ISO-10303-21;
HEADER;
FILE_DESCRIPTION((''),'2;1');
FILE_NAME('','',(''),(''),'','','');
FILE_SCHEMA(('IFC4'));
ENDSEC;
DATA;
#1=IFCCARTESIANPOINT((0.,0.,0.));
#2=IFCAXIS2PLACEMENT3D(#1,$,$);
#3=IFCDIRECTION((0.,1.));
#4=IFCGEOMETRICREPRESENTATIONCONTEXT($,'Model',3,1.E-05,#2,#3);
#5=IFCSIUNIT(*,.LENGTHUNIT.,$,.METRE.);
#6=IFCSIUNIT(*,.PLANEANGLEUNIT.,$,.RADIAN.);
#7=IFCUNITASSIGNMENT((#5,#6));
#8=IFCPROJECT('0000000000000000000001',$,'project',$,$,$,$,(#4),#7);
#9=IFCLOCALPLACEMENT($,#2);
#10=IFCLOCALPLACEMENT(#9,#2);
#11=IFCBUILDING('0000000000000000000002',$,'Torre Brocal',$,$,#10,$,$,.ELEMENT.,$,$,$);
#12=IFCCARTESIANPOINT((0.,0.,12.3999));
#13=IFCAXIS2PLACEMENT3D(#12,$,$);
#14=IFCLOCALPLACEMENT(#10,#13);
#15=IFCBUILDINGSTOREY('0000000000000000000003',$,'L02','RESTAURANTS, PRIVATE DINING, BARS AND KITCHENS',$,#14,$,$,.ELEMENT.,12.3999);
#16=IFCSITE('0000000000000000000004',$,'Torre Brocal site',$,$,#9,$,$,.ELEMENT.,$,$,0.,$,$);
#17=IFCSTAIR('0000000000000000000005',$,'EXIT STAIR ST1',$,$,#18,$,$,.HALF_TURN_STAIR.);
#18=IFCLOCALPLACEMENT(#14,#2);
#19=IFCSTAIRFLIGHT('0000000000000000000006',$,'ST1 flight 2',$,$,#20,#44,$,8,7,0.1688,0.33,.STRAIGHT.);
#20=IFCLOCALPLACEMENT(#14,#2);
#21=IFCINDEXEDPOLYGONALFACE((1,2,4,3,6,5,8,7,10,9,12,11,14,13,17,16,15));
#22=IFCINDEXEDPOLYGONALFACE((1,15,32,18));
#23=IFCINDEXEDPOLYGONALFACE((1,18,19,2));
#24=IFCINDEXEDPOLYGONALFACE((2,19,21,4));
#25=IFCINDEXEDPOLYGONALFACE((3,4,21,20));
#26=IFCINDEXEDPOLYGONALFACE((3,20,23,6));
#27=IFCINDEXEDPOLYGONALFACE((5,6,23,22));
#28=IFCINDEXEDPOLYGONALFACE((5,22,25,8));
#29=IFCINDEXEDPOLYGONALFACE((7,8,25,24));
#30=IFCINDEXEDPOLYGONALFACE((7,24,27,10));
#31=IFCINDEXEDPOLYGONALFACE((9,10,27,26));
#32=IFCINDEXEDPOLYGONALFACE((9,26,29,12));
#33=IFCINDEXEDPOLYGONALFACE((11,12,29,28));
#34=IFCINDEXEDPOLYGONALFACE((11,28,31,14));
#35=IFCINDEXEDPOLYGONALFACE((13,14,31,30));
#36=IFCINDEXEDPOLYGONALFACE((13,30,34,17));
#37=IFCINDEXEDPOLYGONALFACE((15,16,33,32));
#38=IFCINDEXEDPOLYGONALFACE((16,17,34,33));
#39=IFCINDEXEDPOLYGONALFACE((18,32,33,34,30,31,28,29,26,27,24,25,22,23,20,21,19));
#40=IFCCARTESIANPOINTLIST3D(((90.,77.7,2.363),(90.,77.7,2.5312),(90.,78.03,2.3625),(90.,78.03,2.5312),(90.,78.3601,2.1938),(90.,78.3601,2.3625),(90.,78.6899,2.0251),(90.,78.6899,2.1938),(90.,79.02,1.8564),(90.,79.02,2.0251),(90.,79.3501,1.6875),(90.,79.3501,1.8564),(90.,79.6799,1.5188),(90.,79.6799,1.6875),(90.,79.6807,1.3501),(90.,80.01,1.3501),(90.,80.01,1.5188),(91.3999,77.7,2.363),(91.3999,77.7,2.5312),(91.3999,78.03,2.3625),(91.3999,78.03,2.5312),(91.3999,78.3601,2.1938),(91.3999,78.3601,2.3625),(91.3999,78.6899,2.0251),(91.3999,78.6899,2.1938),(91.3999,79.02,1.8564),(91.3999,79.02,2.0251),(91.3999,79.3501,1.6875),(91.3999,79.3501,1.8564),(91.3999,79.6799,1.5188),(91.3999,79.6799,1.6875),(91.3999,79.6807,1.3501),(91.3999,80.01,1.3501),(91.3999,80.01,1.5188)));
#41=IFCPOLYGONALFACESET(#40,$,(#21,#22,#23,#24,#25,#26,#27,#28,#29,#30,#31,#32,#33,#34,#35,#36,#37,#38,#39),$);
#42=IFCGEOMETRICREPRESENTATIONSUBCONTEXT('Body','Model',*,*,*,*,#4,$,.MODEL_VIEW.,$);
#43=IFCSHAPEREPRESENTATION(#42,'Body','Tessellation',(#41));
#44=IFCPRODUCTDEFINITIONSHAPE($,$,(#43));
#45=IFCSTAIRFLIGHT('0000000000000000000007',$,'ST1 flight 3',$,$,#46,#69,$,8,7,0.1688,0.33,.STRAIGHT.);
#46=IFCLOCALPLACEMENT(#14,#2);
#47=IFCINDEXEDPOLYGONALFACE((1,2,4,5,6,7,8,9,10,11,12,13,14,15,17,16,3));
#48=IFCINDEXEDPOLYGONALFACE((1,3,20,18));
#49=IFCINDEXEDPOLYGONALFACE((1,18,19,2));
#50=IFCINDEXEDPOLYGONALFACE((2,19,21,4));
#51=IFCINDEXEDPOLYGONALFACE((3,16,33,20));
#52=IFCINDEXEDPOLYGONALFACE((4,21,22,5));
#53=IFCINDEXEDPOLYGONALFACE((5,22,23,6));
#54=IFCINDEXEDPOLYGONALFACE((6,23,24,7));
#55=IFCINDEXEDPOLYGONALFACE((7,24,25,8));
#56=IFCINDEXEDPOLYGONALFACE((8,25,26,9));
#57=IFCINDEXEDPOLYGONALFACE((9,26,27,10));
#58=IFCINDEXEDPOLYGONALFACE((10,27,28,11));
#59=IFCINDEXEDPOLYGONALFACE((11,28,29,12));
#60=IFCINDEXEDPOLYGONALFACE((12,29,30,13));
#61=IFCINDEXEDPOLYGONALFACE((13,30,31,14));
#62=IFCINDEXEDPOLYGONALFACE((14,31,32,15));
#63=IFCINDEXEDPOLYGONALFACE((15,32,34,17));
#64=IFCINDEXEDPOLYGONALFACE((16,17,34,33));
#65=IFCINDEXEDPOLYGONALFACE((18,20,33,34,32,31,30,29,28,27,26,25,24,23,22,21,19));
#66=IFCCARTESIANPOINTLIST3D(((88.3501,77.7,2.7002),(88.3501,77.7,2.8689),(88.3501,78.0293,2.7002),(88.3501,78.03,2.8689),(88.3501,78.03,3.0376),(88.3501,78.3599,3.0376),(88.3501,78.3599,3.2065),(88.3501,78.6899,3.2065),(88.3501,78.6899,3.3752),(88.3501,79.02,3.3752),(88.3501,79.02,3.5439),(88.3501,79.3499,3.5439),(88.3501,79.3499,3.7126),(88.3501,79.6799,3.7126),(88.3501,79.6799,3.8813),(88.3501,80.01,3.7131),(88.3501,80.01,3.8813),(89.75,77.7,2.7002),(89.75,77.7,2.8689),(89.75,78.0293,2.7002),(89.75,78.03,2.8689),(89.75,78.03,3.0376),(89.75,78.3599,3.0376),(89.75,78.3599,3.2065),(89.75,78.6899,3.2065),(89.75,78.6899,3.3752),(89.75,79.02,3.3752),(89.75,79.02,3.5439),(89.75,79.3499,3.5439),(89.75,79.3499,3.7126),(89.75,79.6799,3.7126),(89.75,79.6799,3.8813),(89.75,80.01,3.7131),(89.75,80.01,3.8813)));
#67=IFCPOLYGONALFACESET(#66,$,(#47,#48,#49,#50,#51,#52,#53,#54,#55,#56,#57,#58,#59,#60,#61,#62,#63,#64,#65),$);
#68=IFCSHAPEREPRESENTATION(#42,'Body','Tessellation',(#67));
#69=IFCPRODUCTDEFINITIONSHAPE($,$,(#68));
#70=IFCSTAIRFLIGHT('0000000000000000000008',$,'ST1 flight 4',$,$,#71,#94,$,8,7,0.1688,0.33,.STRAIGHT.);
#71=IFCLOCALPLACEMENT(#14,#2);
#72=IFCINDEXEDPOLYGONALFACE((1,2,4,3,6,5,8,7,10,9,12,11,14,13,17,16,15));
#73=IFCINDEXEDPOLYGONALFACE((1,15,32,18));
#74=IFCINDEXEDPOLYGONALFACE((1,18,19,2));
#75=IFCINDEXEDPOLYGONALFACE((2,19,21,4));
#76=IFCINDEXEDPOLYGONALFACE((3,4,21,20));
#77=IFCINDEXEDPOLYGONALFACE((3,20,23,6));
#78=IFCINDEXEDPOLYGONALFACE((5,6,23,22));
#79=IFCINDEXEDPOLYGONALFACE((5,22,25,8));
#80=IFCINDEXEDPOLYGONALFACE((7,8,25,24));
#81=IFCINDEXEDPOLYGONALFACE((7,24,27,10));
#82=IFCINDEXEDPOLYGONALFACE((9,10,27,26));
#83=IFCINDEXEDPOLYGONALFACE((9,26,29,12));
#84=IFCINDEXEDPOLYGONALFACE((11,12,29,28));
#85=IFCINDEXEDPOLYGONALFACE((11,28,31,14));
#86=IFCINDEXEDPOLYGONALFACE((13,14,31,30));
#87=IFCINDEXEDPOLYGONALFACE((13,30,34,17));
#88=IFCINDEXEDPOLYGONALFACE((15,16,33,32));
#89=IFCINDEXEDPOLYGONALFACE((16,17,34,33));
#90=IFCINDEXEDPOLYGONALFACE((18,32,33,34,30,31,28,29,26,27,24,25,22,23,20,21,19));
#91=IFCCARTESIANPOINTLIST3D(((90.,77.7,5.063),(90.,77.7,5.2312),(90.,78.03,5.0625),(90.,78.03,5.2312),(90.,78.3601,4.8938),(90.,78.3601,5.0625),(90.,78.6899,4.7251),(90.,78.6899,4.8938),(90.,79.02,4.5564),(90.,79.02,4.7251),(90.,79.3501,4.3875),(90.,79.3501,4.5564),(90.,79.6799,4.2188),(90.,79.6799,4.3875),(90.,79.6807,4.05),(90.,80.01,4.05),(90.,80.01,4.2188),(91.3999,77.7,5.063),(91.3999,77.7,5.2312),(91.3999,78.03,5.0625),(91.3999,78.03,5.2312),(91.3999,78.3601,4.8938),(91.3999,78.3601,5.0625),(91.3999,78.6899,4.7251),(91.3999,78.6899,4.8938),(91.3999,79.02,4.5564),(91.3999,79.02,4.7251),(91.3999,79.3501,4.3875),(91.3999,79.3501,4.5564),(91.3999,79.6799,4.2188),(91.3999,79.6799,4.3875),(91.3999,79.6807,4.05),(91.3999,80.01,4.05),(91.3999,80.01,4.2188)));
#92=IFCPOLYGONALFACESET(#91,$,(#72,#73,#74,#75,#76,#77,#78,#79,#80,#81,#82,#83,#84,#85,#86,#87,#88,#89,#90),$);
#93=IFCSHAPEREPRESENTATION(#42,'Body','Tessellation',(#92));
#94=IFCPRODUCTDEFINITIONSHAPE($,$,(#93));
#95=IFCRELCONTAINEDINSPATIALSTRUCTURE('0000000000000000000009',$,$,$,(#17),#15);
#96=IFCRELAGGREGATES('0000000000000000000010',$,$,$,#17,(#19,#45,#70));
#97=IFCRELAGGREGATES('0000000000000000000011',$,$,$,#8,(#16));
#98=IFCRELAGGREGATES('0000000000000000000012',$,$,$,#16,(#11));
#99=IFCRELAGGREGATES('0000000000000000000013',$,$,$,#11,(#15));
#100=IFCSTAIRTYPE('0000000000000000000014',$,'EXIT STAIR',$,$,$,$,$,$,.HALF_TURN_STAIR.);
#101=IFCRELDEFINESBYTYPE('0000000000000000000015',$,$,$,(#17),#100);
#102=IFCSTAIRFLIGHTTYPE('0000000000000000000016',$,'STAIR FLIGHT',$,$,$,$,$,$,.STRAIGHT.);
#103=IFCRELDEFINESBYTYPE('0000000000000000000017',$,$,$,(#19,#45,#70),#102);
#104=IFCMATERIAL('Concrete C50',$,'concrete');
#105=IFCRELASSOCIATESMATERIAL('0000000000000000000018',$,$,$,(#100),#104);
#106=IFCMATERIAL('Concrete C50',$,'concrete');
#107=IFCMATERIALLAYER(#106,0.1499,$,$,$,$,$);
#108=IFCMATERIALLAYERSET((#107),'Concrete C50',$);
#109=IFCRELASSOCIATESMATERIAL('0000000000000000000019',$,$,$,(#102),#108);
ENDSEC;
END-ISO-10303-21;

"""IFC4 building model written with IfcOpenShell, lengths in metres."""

from ifc_helpers import new_model, si_unit, direction, frame, origin, place, context, subcontext, project, spatial, polyline, outline, extrude, material, layer, layer_set, type_object, element, aggregate, save


model = new_model("IFC4")

# Units and contexts
model_context = context("Model", 3, precision=1e-05, world=origin(), true_north=direction((0.0, 1.0)))
body_context = subcontext(model_context, "Body", "Model", "MODEL_VIEW")
ifc_project = project(units=[si_unit("LENGTHUNIT", "METRE"), si_unit("PLANEANGLEUNIT", "RADIAN")], contexts=[model_context])

# Site, building, storey
site_placement = place(None, origin())
site = spatial("IfcSite", under=ifc_project, at=site_placement, Name="Torre Brocal site", CompositionType="ELEMENT", RefElevation=0.0)
building_placement = place(site_placement, origin())
building = spatial("IfcBuilding", under=site, at=building_placement, Name="Torre Brocal", CompositionType="ELEMENT")
storey_placement = place(building_placement, frame((0.0, 0.0, 12.3999)))
storey = spatial("IfcBuildingStorey", under=building, at=storey_placement, Name="L02", Description="RESTAURANTS, PRIVATE DINING, BARS AND KITCHENS", CompositionType="ELEMENT", Elevation=12.3999)

# Stair, stair flights
ifc_material_1 = material(Name="Concrete C50", Category="concrete")
stair_type = type_object("IfcStairType", Name="EXIT STAIR", PredefinedType="HALF_TURN_STAIR", material=ifc_material_1)
stair_placement = place(storey_placement, origin())
stair = element("IfcStair", 1, at=stair_placement, inside=storey, type_object=stair_type, Name="EXIT STAIR ST1", PredefinedType="HALF_TURN_STAIR")
ifc_material_2 = material(Name="Concrete C50", Category="concrete")
ifc_layer_1 = layer(ifc_material_2, 0.1499)
ifc_layer_set_1 = layer_set([ifc_layer_1], Name="Concrete C50")
stair_flight_type = type_object("IfcStairFlightType", Name="STAIR FLIGHT", PredefinedType="STRAIGHT", material=ifc_layer_set_1)
stair_flight_1_placement = place(storey_placement, frame((90.7, 80.01, 1.3501), z_axis=(0.0, 0.0, 1.0), x_axis=(0.0, -1.0, 0.0)))
stair_flight_1 = element("IfcStairFlight", 2, at=stair_flight_1_placement, type_object=stair_flight_type, Name="ST1 flight 2", NumberOfRisers=8, NumberOfTreads=7, PredefinedType="STRAIGHT", RiserHeight=0.1688, TreadLength=0.33, context=body_context, shape_type="SweptSolid", body=[
    extrude(outline(polyline([(0.0, 0.0), (0.0, 0.1687), (0.3301, 0.1687), (0.3301, 0.3374), (0.6599, 0.3374), (0.6599, 0.5063), (0.99, 0.5063), (0.99, 0.675), (1.3201, 0.675), (1.3201, 0.8438), (1.6499, 0.8438), (1.6499, 1.0125), (1.98, 1.0125), (1.98, 1.1812), (2.3101, 1.1812), (2.3101, 1.3501), (2.3101, 1.0129), (0.3293, 0.0), (0.0, 0.0)])), frame((0.0, 0.7, 0.0), z_axis=(0.0, -1.0, 0.0), x_axis=(1.0, 0.0, 0.0)), (0.0, 0.0, 1.0), 1.3999),
])
stair_flight_2_placement = place(storey_placement, frame((89.05, 77.7, 2.7002), z_axis=(0.0, 0.0, 1.0), x_axis=(0.0, 1.0, 0.0)))
stair_flight_2 = element("IfcStairFlight", 3, at=stair_flight_2_placement, type_object=stair_flight_type, Name="ST1 flight 3", NumberOfRisers=8, NumberOfTreads=7, PredefinedType="STRAIGHT", RiserHeight=0.1688, TreadLength=0.33, context=body_context, shape_type="SweptSolid", body=[
    extrude(outline(polyline([(0.0, 0.0), (0.0, 0.1687), (0.3301, 0.1687), (0.3301, 0.3374), (0.6599, 0.3374), (0.6599, 0.5063), (0.99, 0.5063), (0.99, 0.675), (1.3201, 0.675), (1.3201, 0.8438), (1.6499, 0.8438), (1.6499, 1.0125), (1.98, 1.0125), (1.98, 1.1812), (2.3101, 1.1812), (2.3101, 1.3501), (2.3101, 1.0129), (0.3293, 0.0), (0.0, 0.0)])), frame((0.0, 0.7, 0.0), z_axis=(0.0, -1.0, 0.0), x_axis=(1.0, 0.0, 0.0)), (0.0, 0.0, 1.0), 1.3999),
])
stair_flight_3_placement = place(storey_placement, frame((90.7, 80.01, 4.05), z_axis=(0.0, 0.0, 1.0), x_axis=(0.0, -1.0, 0.0)))
stair_flight_3 = element("IfcStairFlight", 4, at=stair_flight_3_placement, type_object=stair_flight_type, Name="ST1 flight 4", NumberOfRisers=8, NumberOfTreads=7, PredefinedType="STRAIGHT", RiserHeight=0.1688, TreadLength=0.33, context=body_context, shape_type="SweptSolid", body=[
    extrude(outline(polyline([(0.0, 0.0), (0.0, 0.1687), (0.3301, 0.1687), (0.3301, 0.3374), (0.6599, 0.3374), (0.6599, 0.5063), (0.99, 0.5063), (0.99, 0.675), (1.3201, 0.675), (1.3201, 0.8438), (1.6499, 0.8438), (1.6499, 1.0125), (1.98, 1.0125), (1.98, 1.1812), (2.3101, 1.1812), (2.3101, 1.3501), (2.3101, 1.0129), (0.3293, 0.0), (0.0, 0.0)])), frame((0.0, 0.7, 0.0), z_axis=(0.0, -1.0, 0.0), x_axis=(1.0, 0.0, 0.0)), (0.0, 0.0, 1.0), 1.3999),
])
aggregate(stair, [stair_flight_1, stair_flight_2, stair_flight_3])

save(model, "model.ifc")
